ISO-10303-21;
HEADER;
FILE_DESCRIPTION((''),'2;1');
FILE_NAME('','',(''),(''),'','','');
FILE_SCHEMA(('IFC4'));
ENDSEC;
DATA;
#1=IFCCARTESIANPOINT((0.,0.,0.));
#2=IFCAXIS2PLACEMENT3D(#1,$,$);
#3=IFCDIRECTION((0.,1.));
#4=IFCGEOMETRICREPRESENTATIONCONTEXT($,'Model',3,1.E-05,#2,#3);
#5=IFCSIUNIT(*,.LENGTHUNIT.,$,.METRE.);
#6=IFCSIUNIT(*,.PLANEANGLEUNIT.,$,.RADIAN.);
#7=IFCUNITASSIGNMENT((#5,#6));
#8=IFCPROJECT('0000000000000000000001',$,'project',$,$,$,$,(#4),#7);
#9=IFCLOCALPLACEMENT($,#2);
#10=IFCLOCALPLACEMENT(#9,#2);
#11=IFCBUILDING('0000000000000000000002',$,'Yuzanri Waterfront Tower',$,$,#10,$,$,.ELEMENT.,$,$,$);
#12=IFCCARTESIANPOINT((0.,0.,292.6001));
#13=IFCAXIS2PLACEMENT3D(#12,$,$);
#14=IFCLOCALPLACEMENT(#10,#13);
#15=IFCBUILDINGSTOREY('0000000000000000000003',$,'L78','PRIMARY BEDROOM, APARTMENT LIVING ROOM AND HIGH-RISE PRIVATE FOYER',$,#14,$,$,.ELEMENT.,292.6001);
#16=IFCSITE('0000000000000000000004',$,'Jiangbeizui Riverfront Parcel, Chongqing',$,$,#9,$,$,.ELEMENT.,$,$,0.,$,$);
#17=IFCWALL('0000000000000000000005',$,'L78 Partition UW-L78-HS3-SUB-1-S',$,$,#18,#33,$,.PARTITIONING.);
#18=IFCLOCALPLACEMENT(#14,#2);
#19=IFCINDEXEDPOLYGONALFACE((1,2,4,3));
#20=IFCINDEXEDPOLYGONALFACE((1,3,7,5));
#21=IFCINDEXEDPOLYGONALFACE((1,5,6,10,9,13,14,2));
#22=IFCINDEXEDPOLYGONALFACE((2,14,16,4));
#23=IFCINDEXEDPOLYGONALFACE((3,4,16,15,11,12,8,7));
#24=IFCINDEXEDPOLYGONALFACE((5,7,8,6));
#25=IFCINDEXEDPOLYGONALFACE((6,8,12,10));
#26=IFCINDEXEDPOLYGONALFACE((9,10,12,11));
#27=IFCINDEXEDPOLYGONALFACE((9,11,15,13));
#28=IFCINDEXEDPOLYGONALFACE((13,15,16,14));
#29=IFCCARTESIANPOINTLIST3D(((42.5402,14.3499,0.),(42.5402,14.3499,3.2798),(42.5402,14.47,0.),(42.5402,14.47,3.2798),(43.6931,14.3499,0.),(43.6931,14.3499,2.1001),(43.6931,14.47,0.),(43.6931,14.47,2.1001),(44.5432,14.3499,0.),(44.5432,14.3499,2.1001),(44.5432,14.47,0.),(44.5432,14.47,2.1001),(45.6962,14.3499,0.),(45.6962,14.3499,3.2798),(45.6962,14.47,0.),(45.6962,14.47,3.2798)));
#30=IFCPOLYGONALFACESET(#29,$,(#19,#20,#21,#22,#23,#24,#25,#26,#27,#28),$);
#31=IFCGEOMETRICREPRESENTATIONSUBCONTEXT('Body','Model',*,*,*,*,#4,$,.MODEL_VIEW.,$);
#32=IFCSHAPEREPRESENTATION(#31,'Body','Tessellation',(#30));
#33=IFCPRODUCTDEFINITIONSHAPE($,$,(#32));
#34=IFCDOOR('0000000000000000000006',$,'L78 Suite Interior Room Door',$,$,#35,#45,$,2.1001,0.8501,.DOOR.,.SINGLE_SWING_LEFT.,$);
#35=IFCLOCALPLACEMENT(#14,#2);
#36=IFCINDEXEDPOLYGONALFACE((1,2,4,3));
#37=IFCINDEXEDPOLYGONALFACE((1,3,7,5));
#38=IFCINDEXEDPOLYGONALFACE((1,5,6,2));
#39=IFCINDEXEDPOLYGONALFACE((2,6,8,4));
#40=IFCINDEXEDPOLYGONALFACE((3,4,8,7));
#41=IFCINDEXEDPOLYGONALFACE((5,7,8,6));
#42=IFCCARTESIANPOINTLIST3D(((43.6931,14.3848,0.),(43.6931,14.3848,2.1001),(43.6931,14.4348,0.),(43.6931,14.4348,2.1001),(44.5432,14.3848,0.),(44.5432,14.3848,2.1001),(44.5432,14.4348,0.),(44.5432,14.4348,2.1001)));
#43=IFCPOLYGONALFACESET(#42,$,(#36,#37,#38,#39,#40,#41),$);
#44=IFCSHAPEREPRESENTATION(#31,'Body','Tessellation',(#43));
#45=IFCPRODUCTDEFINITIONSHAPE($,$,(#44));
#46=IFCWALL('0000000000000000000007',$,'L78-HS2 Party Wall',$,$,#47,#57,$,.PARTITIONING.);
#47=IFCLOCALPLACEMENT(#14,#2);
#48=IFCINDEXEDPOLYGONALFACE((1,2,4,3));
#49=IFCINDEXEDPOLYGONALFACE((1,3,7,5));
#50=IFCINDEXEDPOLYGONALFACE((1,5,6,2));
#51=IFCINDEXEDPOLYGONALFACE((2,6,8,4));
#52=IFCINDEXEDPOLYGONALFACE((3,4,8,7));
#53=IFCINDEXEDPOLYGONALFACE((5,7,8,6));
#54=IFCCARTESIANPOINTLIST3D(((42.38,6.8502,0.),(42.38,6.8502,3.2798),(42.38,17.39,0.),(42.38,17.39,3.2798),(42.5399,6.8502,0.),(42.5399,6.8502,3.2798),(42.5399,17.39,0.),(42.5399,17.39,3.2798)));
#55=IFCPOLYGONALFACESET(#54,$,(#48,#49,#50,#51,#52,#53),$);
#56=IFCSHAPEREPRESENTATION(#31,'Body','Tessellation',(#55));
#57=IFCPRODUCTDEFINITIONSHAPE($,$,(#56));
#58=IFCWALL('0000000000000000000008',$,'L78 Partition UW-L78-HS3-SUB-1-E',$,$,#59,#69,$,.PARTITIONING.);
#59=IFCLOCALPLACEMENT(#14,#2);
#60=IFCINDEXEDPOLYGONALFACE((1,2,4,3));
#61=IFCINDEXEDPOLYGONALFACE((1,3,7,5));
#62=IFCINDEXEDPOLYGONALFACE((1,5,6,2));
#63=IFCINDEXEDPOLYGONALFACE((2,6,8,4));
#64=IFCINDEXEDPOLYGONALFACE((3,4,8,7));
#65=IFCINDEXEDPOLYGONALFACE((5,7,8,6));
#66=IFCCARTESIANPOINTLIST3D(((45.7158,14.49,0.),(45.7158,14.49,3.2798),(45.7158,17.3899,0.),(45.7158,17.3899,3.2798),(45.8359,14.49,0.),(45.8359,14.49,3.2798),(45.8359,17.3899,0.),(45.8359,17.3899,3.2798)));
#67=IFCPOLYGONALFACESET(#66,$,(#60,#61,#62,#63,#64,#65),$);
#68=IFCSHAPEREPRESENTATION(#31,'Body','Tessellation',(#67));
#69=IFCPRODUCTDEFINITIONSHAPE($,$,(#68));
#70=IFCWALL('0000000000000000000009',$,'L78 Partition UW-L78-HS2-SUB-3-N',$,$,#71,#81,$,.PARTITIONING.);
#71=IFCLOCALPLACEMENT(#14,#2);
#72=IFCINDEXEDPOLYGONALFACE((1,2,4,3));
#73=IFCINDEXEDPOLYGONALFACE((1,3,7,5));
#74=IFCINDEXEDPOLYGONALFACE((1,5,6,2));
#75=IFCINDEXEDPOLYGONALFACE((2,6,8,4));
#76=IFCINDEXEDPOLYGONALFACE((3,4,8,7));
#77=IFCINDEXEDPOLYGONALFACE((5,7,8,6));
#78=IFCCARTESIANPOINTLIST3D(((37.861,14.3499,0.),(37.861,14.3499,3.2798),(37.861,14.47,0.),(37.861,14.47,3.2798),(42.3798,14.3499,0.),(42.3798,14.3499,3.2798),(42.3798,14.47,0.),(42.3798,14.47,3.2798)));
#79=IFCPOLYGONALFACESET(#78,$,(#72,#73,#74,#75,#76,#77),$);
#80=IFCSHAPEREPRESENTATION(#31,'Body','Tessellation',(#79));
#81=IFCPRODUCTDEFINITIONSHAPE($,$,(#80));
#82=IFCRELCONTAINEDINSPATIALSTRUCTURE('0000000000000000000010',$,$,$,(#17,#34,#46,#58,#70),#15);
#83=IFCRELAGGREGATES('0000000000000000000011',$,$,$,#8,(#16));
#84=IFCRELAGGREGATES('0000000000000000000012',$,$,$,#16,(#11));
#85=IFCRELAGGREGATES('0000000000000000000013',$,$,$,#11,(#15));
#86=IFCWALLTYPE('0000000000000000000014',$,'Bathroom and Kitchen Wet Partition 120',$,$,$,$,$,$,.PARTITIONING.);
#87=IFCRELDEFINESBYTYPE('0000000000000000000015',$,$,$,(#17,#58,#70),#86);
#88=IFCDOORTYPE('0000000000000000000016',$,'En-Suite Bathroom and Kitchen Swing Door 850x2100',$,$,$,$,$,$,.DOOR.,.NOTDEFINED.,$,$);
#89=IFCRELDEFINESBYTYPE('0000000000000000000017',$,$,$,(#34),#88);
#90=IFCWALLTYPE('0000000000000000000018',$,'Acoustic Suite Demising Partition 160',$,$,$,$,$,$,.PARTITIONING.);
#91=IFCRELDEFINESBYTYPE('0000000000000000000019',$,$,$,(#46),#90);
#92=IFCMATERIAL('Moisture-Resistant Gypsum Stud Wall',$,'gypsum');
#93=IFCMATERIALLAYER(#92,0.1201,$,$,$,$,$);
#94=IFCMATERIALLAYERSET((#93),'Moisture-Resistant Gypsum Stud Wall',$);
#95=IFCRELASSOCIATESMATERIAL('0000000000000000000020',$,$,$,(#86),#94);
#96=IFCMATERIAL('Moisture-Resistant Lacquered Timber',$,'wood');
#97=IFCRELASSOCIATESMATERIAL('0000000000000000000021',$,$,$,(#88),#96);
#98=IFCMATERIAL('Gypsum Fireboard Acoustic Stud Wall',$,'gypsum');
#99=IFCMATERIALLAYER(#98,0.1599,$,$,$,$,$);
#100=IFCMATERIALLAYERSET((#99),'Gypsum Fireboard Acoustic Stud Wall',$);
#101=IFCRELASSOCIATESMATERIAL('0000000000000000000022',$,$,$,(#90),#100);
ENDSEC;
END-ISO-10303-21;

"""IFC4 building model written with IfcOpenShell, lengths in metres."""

from ifc_helpers import new_model, si_unit, direction, frame, frame_2d, origin, place, context, subcontext, project, spatial, rectangle, extrude, source, transform, mapped, material, layer, layer_set, type_object, element, fill, save


model = new_model("IFC4")

# Units and contexts
model_context = context("Model", 3, precision=1e-05, world=origin(), true_north=direction((0.0, 1.0)))
body_context = subcontext(model_context, "Body", "Model", "MODEL_VIEW")
ifc_project = project(units=[si_unit("LENGTHUNIT", "METRE"), si_unit("PLANEANGLEUNIT", "RADIAN")], contexts=[model_context])

# Site, building, storey
site_placement = place(None, origin())
site = spatial("IfcSite", under=ifc_project, at=site_placement, Name="Jiangbeizui Riverfront Parcel, Chongqing", CompositionType="ELEMENT", RefElevation=0.0)
building_placement = place(site_placement, origin())
building = spatial("IfcBuilding", under=site, at=building_placement, Name="Yuzanri Waterfront Tower", CompositionType="ELEMENT")
storey_placement = place(building_placement, frame((0.0, 0.0, 292.6001)))
storey = spatial("IfcBuildingStorey", under=building, at=storey_placement, Name="L78", Description="PRIMARY BEDROOM, APARTMENT LIVING ROOM AND HIGH-RISE PRIVATE FOYER", CompositionType="ELEMENT", Elevation=292.6001)

# Wall, opening, door
ifc_material_1 = material(Name="Moisture-Resistant Gypsum Stud Wall", Category="gypsum")
ifc_layer_1 = layer(ifc_material_1, 0.1201)
ifc_layer_set_1 = layer_set([ifc_layer_1], Name="Moisture-Resistant Gypsum Stud Wall")
wall_type_1 = type_object("IfcWallType", Name="Bathroom and Kitchen Wet Partition 120", PredefinedType="PARTITIONING", material=ifc_layer_set_1)
ifc_material_2 = material(Name="Moisture-Resistant Lacquered Timber", Category="wood")
door_type_1 = type_object("IfcDoorType", Name="En-Suite Bathroom and Kitchen Swing Door 850x2100", OperationType="NOTDEFINED", PredefinedType="DOOR", material=ifc_material_2)
shared_shape_1 = source(origin(), body_context, "Body", "SweptSolid", [
    extrude(rectangle(XDim=0.8501, YDim=2.1001, at=frame_2d((0.425, 1.05))), frame((0.0, 0.0249, 0.0), z_axis=(0.0, -1.0, 0.0), x_axis=(1.0, 0.0, 0.0)), (0.0, 0.0, 1.0), 0.05),
])
wall_1_placement = place(storey_placement, frame((42.54, 14.4099, 0.0), z_axis=(0.0, 0.0, 1.0), x_axis=(1.0, 0.0, 0.0)))
wall_1 = element("IfcWall", 1, at=wall_1_placement, inside=storey, type_object=wall_type_1, Name="L78 Partition UW-L78-HS3-SUB-1-S", PredefinedType="PARTITIONING", context=body_context, shape_type="SweptSolid", body=[
    extrude(rectangle(XDim=3.156, YDim=0.1201, at=frame_2d((1.5781, 0.0))), origin(), (0.0, 0.0, 1.0), 3.2798),
])
opening_1_placement = place(wall_1_placement, frame((1.1531, 0.0, 0.0)))
opening_1 = element("IfcOpeningElement", 2, at=opening_1_placement, cuts=wall_1, PredefinedType="OPENING", context=body_context, shape_type="SweptSolid", body=[
    extrude(rectangle(XDim=0.8501, YDim=2.1001, at=frame_2d((0.425, 1.05))), frame((0.0, 0.075, 0.0), z_axis=(0.0, -1.0, 0.0), x_axis=(1.0, 0.0, 0.0)), (0.0, 0.0, 1.0), 0.1499),
])
door_1_placement = place(opening_1_placement, origin())
door_1 = element("IfcDoor", 3, at=door_1_placement, inside=storey, type_object=door_type_1, Name="L78 Suite Interior Room Door", OperationType="SINGLE_SWING_LEFT", OverallHeight=2.1001, OverallWidth=0.8501, PredefinedType="DOOR", context=body_context, shape_type="MappedRepresentation", body=[
    mapped(shared_shape_1, transform((0.0, 0.0, 0.0), scale=1.0)),
])
fill(opening_1, door_1)

# Walls
ifc_material_3 = material(Name="Gypsum Fireboard Acoustic Stud Wall", Category="gypsum")
ifc_layer_2 = layer(ifc_material_3, 0.1599)
ifc_layer_set_2 = layer_set([ifc_layer_2], Name="Gypsum Fireboard Acoustic Stud Wall")
wall_type_2 = type_object("IfcWallType", Name="Acoustic Suite Demising Partition 160", PredefinedType="PARTITIONING", material=ifc_layer_set_2)
shared_shape_2 = source(origin(), body_context, "Body", "SweptSolid", [
    extrude(rectangle(XDim=10.5398, YDim=0.1599, at=frame_2d((5.27, 0.0))), origin(), (0.0, 0.0, 1.0), 3.2798),
])
wall_2_placement = place(storey_placement, frame((42.46, 6.8501, 0.0), z_axis=(0.0, 0.0, 1.0), x_axis=(0.0, 1.0, 0.0)))
element("IfcWall", 4, at=wall_2_placement, inside=storey, type_object=wall_type_2, Name="L78-HS2 Party Wall", PredefinedType="PARTITIONING", context=body_context, shape_type="MappedRepresentation", body=[
    mapped(shared_shape_2, transform((0.0, 0.0, 0.0), scale=1.0)),
])
shared_shape_3 = source(origin(), body_context, "Body", "SweptSolid", [
    extrude(rectangle(XDim=2.8999, YDim=0.1201, at=frame_2d((1.45, 0.0))), origin(), (0.0, 0.0, 1.0), 3.2798),
])
wall_3_placement = place(storey_placement, frame((45.7759, 14.49, 0.0), z_axis=(0.0, 0.0, 1.0), x_axis=(0.0, 1.0, 0.0)))
element("IfcWall", 5, at=wall_3_placement, inside=storey, type_object=wall_type_1, Name="L78 Partition UW-L78-HS3-SUB-1-E", PredefinedType="PARTITIONING", context=body_context, shape_type="MappedRepresentation", body=[
    mapped(shared_shape_3, transform((0.0, 0.0, 0.0), scale=1.0)),
])
shared_shape_4 = source(origin(), body_context, "Body", "SweptSolid", [
    extrude(rectangle(XDim=4.5188, YDim=0.1201, at=frame_2d((2.2593, 0.0))), origin(), (0.0, 0.0, 1.0), 3.2798),
])
wall_4_placement = place(storey_placement, frame((37.8611, 14.4099, 0.0), z_axis=(0.0, 0.0, 1.0), x_axis=(1.0, 0.0, 0.0)))
element("IfcWall", 6, at=wall_4_placement, inside=storey, type_object=wall_type_1, Name="L78 Partition UW-L78-HS2-SUB-3-N", PredefinedType="PARTITIONING", context=body_context, shape_type="MappedRepresentation", body=[
    mapped(shared_shape_4, transform((0.0, 0.0, 0.0), scale=1.0)),
])

save(model, "model.ifc")
